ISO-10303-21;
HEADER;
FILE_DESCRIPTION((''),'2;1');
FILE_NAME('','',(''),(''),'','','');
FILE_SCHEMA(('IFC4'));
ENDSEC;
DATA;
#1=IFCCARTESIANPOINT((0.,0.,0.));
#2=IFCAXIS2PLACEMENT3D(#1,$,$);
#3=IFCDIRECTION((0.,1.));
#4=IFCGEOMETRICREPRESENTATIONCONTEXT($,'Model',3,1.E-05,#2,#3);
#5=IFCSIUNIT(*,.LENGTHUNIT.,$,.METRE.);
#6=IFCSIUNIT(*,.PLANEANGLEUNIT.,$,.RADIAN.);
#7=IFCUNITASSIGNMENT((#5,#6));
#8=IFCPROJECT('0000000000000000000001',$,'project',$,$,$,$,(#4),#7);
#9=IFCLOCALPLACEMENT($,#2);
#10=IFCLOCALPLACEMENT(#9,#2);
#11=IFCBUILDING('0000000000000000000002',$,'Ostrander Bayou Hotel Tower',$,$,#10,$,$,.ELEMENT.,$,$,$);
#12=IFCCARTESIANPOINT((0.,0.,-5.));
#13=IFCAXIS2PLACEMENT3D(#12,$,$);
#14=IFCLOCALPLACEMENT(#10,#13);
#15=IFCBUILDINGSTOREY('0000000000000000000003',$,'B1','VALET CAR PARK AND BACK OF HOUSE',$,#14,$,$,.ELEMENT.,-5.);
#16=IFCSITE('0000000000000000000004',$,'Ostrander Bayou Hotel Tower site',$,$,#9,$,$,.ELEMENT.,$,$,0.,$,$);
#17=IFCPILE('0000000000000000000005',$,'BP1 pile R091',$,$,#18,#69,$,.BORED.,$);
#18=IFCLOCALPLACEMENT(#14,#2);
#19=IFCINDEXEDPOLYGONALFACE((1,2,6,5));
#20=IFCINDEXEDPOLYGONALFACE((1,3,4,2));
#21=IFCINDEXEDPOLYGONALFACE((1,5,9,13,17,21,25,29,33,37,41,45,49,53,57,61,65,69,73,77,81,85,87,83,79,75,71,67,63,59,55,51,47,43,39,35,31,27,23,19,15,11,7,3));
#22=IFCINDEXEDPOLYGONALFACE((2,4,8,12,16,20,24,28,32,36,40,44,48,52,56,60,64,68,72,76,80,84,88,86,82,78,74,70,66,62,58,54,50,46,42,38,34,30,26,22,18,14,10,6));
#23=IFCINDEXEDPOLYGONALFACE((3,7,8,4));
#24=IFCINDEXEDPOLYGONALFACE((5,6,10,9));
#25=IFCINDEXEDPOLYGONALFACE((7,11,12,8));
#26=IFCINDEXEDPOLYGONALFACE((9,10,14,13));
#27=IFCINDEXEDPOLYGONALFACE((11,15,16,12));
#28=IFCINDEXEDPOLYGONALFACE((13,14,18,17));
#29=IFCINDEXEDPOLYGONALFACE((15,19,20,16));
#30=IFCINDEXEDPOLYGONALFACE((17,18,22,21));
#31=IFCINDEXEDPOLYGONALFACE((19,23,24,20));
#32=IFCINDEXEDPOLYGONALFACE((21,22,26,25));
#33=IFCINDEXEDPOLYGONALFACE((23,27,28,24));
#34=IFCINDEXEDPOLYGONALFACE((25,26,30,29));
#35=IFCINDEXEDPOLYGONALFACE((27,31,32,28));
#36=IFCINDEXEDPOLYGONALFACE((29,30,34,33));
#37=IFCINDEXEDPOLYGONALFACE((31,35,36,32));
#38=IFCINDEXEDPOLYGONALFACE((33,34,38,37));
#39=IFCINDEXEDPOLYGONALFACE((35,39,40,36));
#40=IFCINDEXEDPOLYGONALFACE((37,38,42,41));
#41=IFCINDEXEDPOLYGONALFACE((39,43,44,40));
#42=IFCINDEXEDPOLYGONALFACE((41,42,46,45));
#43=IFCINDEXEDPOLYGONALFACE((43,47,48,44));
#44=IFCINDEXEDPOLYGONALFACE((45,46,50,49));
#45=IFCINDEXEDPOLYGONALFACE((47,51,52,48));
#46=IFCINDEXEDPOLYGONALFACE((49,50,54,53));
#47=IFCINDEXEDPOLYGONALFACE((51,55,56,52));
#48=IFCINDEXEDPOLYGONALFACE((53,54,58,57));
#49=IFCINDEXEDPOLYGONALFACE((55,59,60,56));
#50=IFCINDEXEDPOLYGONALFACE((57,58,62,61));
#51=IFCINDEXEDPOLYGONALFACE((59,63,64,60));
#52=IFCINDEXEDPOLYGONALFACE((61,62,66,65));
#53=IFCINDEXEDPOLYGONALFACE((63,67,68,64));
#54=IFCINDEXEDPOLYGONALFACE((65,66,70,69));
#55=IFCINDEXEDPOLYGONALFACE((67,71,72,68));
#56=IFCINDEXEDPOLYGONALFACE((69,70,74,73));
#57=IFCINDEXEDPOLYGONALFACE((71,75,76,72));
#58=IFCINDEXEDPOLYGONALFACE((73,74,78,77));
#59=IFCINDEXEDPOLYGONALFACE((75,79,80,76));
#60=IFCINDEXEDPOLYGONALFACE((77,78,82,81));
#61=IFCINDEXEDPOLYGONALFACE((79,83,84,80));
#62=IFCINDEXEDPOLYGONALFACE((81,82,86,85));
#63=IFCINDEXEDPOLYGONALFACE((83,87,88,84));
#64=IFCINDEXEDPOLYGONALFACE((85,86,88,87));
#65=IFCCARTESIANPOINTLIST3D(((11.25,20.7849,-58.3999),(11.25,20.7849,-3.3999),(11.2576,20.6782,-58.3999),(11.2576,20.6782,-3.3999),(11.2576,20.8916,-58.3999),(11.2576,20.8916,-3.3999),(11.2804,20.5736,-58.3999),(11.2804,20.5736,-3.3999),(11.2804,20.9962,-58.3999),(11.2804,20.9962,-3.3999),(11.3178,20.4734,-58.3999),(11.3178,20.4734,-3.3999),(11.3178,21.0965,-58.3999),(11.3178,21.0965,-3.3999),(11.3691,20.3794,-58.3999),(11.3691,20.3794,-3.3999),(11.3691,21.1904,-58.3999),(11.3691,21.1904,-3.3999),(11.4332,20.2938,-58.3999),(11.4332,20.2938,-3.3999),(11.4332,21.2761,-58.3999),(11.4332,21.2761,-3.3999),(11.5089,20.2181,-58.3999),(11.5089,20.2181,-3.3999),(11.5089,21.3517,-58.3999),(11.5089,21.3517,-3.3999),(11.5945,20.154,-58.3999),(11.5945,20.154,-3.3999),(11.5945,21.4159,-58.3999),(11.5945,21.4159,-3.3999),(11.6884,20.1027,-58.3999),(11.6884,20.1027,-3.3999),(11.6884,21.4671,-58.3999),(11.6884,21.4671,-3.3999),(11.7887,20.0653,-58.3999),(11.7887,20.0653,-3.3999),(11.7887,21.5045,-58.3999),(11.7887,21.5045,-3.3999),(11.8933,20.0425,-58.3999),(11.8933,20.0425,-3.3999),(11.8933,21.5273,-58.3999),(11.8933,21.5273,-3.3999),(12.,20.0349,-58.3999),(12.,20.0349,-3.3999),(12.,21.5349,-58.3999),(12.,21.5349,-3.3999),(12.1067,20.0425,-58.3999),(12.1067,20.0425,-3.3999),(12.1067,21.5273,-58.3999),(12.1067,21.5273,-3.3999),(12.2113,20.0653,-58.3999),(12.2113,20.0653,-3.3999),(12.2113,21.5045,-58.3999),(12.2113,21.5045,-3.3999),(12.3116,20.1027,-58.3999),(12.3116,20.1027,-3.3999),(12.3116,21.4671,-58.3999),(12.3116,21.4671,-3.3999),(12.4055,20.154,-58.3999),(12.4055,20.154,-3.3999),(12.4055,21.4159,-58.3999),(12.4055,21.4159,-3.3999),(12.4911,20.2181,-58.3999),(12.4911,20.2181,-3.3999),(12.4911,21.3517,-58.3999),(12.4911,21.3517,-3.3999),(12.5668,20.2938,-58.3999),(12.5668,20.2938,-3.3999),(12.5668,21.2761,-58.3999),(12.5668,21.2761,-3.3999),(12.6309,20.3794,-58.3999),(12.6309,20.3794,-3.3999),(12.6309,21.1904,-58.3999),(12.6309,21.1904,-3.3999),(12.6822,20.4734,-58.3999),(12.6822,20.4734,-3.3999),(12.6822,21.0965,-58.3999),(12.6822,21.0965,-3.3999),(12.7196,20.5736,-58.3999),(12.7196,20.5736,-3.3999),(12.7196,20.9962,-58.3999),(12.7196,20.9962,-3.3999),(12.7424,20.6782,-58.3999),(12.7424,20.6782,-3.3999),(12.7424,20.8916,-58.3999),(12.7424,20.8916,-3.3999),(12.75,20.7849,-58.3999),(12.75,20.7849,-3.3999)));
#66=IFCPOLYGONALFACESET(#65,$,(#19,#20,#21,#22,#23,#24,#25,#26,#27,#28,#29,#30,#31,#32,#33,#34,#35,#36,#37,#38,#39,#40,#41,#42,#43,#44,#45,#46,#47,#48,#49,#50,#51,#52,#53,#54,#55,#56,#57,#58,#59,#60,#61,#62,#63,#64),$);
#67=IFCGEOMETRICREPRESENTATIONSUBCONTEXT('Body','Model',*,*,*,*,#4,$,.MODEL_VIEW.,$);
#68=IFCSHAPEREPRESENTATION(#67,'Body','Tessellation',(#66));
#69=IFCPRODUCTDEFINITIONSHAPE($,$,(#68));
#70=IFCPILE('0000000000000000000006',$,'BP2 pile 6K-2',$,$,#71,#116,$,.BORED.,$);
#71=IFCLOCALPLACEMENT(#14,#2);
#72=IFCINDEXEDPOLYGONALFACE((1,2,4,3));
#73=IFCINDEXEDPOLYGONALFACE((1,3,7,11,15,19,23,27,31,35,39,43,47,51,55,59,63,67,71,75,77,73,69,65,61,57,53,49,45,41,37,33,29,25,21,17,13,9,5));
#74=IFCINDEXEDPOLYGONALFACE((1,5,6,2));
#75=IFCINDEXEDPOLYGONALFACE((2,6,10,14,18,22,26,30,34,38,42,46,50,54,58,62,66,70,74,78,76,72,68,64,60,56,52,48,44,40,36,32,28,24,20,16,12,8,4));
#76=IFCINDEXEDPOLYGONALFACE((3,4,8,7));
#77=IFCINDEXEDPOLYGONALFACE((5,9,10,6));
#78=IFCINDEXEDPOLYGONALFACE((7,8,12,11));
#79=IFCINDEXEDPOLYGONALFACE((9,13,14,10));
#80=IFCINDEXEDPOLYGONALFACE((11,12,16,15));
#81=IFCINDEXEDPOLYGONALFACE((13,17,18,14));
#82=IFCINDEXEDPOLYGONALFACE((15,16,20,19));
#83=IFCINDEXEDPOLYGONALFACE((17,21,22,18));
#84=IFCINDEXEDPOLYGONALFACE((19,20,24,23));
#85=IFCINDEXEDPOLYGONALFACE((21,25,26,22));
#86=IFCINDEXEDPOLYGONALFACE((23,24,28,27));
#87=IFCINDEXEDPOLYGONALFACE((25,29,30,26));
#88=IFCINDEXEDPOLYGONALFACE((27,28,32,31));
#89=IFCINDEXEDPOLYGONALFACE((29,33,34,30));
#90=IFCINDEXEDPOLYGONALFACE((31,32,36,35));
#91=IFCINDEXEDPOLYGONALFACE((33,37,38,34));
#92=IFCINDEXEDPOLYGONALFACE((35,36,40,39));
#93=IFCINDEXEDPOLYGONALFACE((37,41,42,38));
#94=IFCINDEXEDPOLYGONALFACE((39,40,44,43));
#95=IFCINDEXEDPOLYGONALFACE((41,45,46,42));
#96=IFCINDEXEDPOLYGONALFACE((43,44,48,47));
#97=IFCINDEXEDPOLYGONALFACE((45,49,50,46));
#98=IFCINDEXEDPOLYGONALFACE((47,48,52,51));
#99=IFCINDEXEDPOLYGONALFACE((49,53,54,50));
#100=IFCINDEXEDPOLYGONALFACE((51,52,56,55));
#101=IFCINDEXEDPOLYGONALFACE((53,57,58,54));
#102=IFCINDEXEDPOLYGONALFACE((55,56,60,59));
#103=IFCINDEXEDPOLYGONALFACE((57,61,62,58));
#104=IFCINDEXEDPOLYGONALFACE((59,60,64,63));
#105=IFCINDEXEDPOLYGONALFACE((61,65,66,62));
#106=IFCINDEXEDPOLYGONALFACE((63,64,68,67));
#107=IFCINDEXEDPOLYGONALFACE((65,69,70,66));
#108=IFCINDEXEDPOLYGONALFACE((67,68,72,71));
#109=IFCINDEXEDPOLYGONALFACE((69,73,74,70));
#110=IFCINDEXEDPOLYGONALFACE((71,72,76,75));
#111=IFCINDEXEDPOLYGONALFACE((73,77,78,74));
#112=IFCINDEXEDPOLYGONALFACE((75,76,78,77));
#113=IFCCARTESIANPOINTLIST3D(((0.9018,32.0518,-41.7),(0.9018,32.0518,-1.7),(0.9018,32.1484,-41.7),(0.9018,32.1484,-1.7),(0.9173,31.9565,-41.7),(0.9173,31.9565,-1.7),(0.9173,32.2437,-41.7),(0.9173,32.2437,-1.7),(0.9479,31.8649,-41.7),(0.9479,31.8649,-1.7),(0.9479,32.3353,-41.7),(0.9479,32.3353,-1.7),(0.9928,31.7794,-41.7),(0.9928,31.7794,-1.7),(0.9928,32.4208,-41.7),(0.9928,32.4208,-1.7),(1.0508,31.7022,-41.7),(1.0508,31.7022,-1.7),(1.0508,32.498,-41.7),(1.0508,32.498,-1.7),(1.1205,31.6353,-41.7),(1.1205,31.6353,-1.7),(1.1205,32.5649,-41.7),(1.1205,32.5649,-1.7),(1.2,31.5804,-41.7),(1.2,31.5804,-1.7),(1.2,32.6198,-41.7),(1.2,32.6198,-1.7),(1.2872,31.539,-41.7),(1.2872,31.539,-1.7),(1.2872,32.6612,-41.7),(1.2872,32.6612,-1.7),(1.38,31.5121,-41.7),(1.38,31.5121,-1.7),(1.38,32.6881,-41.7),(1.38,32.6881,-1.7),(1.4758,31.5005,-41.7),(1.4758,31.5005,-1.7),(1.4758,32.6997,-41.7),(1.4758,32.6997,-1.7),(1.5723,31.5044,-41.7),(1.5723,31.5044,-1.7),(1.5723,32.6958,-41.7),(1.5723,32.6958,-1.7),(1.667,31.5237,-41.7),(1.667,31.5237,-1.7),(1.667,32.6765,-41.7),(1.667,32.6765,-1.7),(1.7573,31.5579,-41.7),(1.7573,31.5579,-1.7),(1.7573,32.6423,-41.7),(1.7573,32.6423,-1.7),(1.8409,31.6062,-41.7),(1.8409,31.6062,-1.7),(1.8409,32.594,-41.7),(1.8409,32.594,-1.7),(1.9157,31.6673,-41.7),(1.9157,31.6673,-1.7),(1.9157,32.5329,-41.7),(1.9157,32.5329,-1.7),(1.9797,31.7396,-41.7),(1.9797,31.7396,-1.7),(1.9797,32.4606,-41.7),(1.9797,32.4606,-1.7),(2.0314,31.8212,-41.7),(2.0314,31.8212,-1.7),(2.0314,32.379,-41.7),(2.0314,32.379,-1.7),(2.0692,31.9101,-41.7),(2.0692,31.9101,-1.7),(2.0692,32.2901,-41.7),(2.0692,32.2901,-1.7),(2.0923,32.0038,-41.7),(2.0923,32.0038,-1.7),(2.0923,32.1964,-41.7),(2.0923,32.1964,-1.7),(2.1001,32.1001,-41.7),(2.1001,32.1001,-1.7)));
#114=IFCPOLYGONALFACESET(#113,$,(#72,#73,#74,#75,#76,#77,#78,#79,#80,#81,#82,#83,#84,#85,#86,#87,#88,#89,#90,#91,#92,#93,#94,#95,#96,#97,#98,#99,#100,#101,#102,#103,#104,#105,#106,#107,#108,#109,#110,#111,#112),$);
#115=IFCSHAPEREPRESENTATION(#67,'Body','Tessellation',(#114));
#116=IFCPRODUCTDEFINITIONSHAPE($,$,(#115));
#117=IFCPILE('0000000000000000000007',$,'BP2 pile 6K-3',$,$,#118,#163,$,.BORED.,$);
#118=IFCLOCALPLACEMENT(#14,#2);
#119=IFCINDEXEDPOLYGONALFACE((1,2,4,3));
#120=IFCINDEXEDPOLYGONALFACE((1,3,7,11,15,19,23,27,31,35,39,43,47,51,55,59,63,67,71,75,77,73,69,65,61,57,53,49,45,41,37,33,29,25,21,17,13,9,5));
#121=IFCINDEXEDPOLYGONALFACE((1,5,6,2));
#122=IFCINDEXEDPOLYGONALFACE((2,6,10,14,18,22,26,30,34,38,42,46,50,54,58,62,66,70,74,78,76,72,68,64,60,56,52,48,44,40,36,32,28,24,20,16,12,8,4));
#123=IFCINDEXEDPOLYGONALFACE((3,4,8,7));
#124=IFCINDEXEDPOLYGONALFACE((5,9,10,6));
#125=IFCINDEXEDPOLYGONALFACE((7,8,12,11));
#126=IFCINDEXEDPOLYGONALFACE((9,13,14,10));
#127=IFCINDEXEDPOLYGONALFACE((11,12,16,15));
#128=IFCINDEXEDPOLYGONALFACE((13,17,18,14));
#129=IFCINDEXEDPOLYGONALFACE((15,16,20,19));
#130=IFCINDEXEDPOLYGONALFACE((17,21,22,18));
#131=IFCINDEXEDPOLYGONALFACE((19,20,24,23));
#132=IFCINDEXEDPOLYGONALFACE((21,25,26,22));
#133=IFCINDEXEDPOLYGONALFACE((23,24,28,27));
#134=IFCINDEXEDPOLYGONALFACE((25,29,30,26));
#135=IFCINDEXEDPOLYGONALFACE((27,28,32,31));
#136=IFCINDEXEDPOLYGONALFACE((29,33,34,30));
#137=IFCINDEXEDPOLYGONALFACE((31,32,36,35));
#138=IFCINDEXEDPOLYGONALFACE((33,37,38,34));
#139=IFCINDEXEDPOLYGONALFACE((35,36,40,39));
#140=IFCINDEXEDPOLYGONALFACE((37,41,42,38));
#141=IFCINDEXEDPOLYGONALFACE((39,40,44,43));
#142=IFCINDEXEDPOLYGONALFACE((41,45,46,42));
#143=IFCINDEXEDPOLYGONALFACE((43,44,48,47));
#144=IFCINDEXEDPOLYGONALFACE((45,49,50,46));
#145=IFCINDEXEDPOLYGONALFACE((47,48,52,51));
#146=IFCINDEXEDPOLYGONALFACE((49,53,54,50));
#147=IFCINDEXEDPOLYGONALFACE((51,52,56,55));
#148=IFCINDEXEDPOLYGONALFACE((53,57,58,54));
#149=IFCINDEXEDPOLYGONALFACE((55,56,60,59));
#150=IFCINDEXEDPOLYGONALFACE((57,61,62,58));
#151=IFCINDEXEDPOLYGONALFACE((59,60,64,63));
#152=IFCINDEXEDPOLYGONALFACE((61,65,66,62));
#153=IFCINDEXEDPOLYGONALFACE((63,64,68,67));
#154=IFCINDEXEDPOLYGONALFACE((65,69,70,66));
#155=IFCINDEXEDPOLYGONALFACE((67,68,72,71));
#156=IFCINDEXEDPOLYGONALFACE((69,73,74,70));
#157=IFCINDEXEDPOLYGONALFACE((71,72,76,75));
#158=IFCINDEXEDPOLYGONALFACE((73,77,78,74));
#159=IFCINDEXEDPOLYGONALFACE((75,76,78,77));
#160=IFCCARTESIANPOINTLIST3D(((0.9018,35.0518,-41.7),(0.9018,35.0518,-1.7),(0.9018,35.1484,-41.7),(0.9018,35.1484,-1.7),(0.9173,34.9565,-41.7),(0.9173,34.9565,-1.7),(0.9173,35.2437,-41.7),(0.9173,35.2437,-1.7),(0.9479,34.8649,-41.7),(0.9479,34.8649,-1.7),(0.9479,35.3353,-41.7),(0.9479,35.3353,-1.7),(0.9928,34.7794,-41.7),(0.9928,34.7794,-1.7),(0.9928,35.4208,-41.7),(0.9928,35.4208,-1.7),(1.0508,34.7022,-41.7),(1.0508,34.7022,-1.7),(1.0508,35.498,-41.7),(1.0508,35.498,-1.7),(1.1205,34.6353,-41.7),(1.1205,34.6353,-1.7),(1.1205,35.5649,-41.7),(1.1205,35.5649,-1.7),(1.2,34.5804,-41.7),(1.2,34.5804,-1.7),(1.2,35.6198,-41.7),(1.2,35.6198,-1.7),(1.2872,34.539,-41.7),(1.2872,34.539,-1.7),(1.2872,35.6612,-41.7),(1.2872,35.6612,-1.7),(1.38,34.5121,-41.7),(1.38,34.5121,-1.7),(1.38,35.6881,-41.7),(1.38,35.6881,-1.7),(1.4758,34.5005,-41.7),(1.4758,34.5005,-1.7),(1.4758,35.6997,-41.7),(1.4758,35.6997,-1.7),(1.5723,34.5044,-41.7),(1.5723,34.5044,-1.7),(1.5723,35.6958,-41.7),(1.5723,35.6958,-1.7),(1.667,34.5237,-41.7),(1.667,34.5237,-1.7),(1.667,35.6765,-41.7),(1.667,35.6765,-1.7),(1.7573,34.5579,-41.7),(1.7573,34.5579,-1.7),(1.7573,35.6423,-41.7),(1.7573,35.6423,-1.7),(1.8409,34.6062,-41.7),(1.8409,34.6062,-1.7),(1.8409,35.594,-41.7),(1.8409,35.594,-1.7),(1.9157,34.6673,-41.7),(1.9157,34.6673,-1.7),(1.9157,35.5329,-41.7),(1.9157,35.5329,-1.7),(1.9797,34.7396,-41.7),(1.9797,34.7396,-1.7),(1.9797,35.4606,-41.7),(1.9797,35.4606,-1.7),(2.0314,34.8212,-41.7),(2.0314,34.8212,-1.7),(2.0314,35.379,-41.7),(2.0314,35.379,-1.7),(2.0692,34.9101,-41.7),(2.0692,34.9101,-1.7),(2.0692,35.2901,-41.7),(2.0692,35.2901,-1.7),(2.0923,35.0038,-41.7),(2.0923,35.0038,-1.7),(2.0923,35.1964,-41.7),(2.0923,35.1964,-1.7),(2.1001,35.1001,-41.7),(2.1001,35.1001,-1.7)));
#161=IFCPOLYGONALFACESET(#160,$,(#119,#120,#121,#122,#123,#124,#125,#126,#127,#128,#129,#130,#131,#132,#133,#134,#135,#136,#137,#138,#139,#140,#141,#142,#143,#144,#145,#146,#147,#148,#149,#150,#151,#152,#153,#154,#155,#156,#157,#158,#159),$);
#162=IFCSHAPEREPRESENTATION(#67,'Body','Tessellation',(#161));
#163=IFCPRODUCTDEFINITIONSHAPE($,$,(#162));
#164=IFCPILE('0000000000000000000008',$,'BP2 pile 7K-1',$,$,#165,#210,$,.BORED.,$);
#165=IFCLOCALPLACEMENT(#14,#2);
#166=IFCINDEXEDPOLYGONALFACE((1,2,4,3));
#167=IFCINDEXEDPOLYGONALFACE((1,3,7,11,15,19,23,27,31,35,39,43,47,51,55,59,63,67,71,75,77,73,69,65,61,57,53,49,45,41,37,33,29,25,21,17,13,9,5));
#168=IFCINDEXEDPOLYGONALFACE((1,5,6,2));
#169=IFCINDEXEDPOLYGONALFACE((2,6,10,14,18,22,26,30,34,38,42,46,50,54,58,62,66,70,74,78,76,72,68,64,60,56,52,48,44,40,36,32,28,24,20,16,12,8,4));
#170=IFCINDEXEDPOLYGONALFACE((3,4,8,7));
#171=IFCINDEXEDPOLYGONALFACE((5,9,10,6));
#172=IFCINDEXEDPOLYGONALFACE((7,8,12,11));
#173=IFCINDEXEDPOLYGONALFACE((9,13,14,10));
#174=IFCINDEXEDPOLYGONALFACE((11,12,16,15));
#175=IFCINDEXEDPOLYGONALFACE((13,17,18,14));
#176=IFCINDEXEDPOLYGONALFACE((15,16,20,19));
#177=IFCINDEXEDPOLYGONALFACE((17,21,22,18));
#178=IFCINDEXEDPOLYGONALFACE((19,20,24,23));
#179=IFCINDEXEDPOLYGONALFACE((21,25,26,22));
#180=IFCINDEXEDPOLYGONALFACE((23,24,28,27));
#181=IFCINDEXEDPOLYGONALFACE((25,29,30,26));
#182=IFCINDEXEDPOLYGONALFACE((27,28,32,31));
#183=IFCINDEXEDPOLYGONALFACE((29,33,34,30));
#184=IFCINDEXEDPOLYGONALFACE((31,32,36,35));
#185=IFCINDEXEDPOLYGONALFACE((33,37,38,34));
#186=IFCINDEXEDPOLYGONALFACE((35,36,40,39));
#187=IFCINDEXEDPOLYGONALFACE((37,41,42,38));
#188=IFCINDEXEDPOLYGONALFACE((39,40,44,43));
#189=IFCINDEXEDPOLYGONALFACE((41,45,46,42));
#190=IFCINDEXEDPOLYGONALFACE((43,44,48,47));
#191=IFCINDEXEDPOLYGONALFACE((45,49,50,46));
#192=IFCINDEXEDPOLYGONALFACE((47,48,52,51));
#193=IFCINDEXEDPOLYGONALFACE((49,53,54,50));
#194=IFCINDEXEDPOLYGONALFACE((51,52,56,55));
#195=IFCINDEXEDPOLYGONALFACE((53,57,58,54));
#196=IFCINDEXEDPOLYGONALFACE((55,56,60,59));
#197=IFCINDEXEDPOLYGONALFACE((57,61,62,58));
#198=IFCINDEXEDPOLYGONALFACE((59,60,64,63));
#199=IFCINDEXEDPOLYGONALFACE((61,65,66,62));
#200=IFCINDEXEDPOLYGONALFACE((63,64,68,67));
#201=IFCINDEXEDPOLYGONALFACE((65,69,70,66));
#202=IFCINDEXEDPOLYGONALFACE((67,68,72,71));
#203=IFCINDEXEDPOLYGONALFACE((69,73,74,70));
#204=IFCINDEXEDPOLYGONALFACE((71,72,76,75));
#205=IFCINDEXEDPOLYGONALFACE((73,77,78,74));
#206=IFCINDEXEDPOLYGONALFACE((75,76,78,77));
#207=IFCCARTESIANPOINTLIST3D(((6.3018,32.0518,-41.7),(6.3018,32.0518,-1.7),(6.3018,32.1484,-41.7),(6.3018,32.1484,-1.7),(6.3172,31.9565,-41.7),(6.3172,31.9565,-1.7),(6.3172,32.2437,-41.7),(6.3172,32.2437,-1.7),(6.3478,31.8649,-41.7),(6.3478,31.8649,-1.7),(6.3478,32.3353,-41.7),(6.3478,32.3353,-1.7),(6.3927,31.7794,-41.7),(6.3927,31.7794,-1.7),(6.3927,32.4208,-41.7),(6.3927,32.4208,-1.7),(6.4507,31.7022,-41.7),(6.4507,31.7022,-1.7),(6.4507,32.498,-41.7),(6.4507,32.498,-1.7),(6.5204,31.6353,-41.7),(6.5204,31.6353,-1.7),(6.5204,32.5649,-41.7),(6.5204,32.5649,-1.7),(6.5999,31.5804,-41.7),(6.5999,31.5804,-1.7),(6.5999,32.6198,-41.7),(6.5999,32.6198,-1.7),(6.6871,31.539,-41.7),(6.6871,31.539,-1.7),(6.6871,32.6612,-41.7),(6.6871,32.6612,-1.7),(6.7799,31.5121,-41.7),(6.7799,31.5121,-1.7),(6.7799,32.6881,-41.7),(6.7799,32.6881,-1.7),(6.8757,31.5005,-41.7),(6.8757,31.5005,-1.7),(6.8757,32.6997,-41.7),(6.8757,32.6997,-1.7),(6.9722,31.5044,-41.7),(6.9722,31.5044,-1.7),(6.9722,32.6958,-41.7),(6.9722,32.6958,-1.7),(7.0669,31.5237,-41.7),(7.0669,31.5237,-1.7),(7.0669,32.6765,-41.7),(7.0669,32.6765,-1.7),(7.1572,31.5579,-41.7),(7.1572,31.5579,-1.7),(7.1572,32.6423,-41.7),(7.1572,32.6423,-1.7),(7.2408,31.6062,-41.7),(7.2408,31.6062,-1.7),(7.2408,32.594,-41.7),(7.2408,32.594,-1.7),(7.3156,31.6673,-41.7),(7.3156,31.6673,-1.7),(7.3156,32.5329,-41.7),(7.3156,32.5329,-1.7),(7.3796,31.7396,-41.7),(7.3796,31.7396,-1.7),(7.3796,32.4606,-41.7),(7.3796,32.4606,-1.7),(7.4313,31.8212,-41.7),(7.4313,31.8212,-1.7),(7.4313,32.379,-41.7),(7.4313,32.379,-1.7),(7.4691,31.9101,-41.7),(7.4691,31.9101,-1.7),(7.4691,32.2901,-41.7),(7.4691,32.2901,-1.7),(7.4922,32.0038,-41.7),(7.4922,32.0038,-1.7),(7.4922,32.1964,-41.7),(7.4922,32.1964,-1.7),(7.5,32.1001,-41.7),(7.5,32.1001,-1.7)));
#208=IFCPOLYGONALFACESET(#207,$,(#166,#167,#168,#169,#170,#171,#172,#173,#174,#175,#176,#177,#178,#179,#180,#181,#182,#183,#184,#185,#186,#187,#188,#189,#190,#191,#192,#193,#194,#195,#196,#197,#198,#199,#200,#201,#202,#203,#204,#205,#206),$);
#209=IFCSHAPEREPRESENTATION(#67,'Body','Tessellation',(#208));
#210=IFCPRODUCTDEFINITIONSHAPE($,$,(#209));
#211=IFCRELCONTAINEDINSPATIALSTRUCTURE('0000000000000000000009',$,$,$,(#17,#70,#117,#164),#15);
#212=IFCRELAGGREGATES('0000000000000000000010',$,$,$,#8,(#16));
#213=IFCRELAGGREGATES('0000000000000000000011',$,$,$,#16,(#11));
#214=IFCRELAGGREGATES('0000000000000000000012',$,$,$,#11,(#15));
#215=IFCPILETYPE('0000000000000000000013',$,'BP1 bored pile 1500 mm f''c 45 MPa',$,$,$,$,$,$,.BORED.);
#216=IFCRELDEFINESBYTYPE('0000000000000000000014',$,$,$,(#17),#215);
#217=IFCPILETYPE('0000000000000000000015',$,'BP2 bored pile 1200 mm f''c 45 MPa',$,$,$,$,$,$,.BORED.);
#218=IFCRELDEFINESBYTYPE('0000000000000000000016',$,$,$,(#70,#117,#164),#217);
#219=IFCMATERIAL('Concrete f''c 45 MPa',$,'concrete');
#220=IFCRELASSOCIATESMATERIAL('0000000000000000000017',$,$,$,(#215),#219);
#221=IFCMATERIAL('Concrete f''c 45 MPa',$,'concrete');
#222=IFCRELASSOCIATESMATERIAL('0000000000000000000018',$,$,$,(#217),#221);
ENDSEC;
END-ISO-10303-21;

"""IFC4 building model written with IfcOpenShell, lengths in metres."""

from ifc_helpers import new_model, si_unit, direction, frame, origin, origin_2d, place, context, subcontext, project, spatial, circle, extrude, material, material_profile, profile_set, type_object, element, save


model = new_model("IFC4")

# Units and contexts
model_context = context("Model", 3, precision=1e-05, world=origin(), true_north=direction((0.0, 1.0)))
body_context = subcontext(model_context, "Body", "Model", "MODEL_VIEW")
ifc_project = project(units=[si_unit("LENGTHUNIT", "METRE"), si_unit("PLANEANGLEUNIT", "RADIAN")], contexts=[model_context])

# Site, building, storey
site_placement = place(None, origin())
site = spatial("IfcSite", under=ifc_project, at=site_placement, Name="Ostrander Bayou Hotel Tower site", CompositionType="ELEMENT", RefElevation=0.0)
building_placement = place(site_placement, origin())
building = spatial("IfcBuilding", under=site, at=building_placement, Name="Ostrander Bayou Hotel Tower", CompositionType="ELEMENT")
storey_placement = place(building_placement, frame((0.0, 0.0, -5.0)))
storey = spatial("IfcBuildingStorey", under=building, at=storey_placement, Name="B1", Description="VALET CAR PARK AND BACK OF HOUSE", CompositionType="ELEMENT", Elevation=-5.0)

# Piles
ifc_material_1 = material(Name="Concrete f'c 45 MPa", Category="concrete")
ifc_material_profile_1 = material_profile(ifc_material_1, circle(Radius=0.75, at=origin_2d()))
ifc_profile_set_1 = profile_set([ifc_material_profile_1], Name="Concrete f'c 45 MPa")
pile_type_1 = type_object("IfcPileType", Name="BP1 bored pile 1500 mm f'c 45 MPa", PredefinedType="BORED", material=ifc_profile_set_1)
for number, where, z_axis, x_axis, name in (
    (1, (12.0, 20.7849, -3.3999), (0.0, 0.0, -1.0), (1.0, 0.0, 0.0), "BP1 pile R091"),
):
    element("IfcPile", number, at=place(storey_placement, frame(where, z_axis=z_axis, x_axis=x_axis)), inside=storey, type_object=pile_type_1, Name=name, PredefinedType="BORED", context=body_context, shape_type="SweptSolid", body=[
        extrude(circle(Radius=0.75, at=origin_2d()), origin(), (0.0, 0.0, 1.0), 55.0),
    ])
ifc_material_2 = material(Name="Concrete f'c 45 MPa", Category="concrete")
ifc_material_profile_2 = material_profile(ifc_material_2, circle(Radius=0.6001, at=origin_2d()))
ifc_profile_set_2 = profile_set([ifc_material_profile_2], Name="Concrete f'c 45 MPa")
pile_type_2 = type_object("IfcPileType", Name="BP2 bored pile 1200 mm f'c 45 MPa", PredefinedType="BORED", material=ifc_profile_set_2)
for number, where, z_axis, x_axis, name in (
    (2, (1.5, 32.1001, -1.7), (0.0, 0.0, -1.0), (1.0, 0.0, 0.0), "BP2 pile 6K-2"),
    (3, (1.5, 35.1001, -1.7), (0.0, 0.0, -1.0), (1.0, 0.0, 0.0), "BP2 pile 6K-3"),
    (4, (6.8999, 32.1001, -1.7), (0.0, 0.0, -1.0), (1.0, 0.0, 0.0), "BP2 pile 7K-1"),
):
    element("IfcPile", number, at=place(storey_placement, frame(where, z_axis=z_axis, x_axis=x_axis)), inside=storey, type_object=pile_type_2, Name=name, PredefinedType="BORED", context=body_context, shape_type="SweptSolid", body=[
        extrude(circle(Radius=0.6001, at=origin_2d()), origin(), (0.0, 0.0, 1.0), 40.0),
    ])

save(model, "model.ifc")
